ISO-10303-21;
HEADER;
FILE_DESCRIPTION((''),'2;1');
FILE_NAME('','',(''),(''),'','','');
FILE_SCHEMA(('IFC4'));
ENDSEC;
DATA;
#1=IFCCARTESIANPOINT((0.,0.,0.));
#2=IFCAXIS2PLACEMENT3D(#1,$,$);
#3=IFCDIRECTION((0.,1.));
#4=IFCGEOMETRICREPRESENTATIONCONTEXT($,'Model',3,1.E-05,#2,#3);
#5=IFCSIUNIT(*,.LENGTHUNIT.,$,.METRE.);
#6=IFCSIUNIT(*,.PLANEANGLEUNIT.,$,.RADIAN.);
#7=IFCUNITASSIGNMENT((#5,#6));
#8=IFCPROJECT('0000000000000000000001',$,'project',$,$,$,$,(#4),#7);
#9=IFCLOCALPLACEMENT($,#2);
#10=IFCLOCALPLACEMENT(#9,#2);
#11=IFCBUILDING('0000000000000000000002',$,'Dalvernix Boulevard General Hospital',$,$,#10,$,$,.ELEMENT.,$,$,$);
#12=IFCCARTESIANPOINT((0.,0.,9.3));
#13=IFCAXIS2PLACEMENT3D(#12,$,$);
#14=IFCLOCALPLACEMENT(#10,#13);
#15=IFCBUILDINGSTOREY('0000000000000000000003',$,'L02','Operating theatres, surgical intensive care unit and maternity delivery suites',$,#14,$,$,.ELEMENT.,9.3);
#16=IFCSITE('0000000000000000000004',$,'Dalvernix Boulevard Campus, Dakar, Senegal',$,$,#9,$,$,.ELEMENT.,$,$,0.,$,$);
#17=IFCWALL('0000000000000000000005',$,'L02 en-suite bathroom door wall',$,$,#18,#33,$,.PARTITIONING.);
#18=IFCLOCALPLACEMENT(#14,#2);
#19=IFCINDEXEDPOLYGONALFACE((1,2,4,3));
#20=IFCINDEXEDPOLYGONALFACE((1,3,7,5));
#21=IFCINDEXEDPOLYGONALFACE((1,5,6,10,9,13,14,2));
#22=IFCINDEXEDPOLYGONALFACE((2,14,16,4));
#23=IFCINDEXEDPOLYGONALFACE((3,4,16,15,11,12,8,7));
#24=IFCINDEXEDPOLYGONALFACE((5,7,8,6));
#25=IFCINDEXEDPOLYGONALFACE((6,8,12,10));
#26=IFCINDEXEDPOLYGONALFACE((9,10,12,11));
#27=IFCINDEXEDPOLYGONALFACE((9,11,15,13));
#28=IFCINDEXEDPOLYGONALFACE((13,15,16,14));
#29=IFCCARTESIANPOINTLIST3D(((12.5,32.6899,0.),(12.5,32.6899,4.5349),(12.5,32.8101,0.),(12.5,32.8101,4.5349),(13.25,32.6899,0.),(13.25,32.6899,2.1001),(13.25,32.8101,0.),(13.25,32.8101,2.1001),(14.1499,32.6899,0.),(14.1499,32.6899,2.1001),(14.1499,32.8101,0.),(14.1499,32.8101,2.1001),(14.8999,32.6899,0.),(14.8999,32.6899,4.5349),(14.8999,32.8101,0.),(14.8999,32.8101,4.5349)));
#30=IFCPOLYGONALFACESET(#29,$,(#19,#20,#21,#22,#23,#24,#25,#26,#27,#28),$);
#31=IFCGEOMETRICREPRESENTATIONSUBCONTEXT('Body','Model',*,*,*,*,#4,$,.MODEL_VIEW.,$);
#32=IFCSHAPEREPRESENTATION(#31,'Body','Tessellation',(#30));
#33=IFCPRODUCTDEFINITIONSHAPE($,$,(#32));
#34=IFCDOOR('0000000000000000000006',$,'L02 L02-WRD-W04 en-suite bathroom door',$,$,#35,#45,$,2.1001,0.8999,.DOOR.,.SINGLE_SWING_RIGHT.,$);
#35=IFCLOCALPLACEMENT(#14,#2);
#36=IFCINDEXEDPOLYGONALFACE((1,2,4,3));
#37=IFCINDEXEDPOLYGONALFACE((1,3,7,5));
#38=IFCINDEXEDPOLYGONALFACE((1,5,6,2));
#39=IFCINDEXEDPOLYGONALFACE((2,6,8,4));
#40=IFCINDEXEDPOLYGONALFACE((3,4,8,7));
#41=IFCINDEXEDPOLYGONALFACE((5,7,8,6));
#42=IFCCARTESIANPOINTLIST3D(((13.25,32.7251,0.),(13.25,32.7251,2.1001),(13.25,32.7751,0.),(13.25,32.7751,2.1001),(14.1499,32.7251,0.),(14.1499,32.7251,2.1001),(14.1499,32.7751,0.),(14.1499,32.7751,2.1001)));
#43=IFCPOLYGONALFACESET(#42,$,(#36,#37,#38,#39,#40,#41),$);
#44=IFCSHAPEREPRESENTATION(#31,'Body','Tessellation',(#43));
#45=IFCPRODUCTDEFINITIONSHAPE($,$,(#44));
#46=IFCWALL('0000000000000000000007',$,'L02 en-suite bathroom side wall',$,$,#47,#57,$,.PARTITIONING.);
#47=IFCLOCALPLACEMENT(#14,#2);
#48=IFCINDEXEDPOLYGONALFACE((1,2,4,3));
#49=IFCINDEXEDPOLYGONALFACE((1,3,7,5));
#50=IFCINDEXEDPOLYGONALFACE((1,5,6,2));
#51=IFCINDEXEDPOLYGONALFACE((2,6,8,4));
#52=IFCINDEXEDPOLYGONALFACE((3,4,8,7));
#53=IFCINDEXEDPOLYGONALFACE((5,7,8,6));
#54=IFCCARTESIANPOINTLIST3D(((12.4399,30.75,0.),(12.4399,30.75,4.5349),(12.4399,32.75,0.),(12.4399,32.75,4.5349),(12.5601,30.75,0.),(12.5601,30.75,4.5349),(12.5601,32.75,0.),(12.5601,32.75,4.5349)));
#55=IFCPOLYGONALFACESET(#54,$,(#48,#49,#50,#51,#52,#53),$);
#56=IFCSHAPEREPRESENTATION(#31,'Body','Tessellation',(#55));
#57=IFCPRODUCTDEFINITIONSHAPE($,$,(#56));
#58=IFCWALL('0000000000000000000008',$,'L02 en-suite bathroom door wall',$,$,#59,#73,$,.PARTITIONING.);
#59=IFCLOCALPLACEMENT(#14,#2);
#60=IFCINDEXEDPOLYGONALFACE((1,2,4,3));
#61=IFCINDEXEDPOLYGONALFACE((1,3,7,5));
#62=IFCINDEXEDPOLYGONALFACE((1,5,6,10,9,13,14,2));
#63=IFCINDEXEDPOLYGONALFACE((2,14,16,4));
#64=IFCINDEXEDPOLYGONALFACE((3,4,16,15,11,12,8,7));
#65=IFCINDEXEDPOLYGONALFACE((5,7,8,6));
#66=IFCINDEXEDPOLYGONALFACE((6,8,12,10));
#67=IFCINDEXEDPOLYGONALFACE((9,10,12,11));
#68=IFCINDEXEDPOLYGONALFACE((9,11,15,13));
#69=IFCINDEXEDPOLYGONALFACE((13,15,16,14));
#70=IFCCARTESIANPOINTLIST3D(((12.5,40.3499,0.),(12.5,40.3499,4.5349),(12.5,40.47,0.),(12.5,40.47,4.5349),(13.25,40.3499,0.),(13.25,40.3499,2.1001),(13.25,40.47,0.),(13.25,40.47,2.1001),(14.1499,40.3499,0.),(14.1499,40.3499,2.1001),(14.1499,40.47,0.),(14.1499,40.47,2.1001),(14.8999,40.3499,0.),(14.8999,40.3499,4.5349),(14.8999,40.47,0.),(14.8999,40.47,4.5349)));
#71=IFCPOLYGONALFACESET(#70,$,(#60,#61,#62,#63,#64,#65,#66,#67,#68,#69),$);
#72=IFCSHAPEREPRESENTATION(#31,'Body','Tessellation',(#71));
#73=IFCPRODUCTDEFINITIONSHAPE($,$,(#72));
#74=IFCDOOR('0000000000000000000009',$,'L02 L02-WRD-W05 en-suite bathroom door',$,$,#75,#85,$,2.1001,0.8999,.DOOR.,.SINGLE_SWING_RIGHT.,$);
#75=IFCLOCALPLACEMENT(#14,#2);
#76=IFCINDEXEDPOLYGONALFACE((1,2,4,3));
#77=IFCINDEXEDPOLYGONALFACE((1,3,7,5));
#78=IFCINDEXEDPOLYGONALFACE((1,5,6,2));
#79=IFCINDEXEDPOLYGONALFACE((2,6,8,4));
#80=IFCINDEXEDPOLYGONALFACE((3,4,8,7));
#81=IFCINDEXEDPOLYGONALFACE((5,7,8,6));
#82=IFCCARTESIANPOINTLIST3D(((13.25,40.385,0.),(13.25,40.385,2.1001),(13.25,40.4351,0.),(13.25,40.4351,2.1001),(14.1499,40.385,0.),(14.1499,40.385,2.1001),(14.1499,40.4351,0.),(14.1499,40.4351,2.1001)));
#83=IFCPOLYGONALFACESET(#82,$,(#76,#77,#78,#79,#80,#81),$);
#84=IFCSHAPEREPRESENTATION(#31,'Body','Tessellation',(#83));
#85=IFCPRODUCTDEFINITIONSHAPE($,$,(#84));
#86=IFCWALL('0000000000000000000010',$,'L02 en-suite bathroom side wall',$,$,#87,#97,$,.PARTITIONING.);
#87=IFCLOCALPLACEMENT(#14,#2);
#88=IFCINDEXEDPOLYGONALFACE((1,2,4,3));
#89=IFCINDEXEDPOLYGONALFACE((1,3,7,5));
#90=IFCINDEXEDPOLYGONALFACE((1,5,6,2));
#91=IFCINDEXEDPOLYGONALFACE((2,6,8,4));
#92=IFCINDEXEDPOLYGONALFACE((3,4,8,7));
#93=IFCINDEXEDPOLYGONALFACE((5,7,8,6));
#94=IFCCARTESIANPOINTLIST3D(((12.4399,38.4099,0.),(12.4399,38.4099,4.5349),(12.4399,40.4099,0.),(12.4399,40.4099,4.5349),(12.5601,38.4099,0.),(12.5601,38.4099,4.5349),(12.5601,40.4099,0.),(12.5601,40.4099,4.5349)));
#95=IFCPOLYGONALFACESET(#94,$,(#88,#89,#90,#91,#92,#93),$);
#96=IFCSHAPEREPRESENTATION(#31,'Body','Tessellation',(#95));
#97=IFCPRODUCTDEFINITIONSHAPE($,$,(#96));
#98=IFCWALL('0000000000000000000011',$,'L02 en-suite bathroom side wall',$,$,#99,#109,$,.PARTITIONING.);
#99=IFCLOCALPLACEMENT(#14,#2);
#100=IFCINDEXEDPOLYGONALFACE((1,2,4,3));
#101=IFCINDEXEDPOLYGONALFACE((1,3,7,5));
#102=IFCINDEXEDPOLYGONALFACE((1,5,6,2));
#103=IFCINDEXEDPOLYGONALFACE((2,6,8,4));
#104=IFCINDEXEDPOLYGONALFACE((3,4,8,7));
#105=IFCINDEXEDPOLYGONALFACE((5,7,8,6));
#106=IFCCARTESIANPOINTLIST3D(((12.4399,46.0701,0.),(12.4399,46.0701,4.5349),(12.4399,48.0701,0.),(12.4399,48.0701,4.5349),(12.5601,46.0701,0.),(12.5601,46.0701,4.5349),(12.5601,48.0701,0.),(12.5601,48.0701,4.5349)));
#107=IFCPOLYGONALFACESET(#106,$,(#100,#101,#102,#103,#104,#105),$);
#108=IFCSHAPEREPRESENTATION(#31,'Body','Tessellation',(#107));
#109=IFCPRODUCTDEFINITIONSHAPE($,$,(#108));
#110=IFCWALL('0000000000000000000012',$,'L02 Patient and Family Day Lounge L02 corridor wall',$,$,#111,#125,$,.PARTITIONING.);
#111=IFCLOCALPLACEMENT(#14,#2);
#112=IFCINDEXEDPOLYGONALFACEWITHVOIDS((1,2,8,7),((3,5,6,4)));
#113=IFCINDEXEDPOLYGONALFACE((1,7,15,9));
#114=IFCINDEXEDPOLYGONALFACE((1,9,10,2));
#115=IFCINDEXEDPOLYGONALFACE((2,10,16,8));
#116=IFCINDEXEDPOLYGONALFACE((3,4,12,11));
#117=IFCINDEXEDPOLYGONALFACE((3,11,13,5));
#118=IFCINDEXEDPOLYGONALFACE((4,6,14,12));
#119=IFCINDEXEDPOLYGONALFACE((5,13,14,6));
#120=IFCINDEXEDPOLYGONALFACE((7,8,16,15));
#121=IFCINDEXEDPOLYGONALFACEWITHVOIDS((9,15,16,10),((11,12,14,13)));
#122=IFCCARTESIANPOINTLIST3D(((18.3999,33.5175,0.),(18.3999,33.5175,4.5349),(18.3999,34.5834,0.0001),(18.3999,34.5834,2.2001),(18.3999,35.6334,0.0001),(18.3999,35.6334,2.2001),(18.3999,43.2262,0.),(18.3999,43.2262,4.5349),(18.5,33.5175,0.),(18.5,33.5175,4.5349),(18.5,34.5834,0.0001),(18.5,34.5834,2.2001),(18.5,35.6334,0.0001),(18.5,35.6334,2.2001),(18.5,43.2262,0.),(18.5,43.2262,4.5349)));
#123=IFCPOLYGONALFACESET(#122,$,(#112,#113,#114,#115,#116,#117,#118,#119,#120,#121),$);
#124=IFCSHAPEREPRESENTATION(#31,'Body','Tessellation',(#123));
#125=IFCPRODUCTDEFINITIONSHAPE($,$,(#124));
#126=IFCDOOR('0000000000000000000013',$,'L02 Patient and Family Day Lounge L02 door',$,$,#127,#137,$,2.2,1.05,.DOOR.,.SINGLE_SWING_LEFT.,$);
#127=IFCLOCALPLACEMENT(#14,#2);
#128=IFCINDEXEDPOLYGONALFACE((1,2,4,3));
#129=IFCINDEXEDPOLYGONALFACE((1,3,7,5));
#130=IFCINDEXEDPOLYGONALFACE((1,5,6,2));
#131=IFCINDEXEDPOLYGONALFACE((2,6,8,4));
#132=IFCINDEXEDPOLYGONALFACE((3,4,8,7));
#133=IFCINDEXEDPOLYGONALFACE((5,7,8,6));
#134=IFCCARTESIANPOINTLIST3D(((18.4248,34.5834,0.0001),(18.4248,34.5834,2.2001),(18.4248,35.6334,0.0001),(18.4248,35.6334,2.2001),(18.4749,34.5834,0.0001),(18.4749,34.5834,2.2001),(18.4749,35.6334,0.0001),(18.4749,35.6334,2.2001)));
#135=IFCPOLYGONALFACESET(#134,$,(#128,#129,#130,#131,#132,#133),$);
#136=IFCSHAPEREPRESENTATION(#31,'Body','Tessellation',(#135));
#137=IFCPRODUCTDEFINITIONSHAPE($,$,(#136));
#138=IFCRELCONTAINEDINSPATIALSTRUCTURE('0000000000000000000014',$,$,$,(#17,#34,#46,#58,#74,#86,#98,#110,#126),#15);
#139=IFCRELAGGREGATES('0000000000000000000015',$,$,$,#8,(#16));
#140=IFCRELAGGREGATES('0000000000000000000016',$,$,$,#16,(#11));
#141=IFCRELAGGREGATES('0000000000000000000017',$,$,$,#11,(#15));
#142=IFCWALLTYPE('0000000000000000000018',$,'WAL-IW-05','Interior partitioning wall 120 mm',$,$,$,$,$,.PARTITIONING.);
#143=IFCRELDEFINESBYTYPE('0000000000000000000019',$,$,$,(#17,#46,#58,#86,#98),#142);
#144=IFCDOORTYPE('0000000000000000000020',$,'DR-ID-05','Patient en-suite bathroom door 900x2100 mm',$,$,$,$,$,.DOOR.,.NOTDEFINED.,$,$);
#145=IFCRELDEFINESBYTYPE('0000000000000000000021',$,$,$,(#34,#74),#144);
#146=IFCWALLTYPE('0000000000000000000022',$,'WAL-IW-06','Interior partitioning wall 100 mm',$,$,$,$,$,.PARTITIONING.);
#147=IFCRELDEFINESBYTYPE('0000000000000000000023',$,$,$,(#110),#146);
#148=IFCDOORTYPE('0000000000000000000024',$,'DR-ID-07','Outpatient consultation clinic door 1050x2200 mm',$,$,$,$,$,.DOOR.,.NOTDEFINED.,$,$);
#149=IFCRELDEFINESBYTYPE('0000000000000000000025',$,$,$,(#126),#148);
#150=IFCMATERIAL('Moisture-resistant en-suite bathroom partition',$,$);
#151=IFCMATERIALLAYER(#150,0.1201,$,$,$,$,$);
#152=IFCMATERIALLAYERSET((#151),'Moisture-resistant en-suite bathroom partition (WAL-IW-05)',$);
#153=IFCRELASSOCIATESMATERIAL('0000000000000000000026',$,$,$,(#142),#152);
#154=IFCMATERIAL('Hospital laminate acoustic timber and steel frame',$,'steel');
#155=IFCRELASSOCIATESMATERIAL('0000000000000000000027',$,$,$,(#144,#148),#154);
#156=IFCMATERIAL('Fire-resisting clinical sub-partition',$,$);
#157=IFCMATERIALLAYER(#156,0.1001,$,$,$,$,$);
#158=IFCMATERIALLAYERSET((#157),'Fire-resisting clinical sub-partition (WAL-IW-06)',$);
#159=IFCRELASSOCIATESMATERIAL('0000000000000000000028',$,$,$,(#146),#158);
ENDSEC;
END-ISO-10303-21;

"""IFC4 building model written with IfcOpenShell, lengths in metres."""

from ifc_helpers import new_model, si_unit, direction, frame, frame_2d, origin, place, context, subcontext, project, spatial, rectangle, extrude, material, layer, layer_set, type_object, element, fill, save


model = new_model("IFC4")

# Units and contexts
model_context = context("Model", 3, precision=1e-05, world=origin(), true_north=direction((0.0, 1.0)))
body_context = subcontext(model_context, "Body", "Model", "MODEL_VIEW")
ifc_project = project(units=[si_unit("LENGTHUNIT", "METRE"), si_unit("PLANEANGLEUNIT", "RADIAN")], contexts=[model_context])

# Site, building, storey
site_placement = place(None, origin())
site = spatial("IfcSite", under=ifc_project, at=site_placement, Name="Dalvernix Boulevard Campus, Dakar, Senegal", CompositionType="ELEMENT", RefElevation=0.0)
building_placement = place(site_placement, origin())
building = spatial("IfcBuilding", under=site, at=building_placement, Name="Dalvernix Boulevard General Hospital", CompositionType="ELEMENT")
storey_placement = place(building_placement, frame((0.0, 0.0, 9.3)))
storey = spatial("IfcBuildingStorey", under=building, at=storey_placement, Name="L02", Description="Operating theatres, surgical intensive care unit and maternity delivery suites", CompositionType="ELEMENT", Elevation=9.3)

# Shared definitions
ifc_material_1 = material(Name="Hospital laminate acoustic timber and steel frame", Category="steel")

# Wall, opening, door
ifc_material_2 = material(Name="Moisture-resistant en-suite bathroom partition")
ifc_layer_1 = layer(ifc_material_2, 0.1201)
ifc_layer_set_1 = layer_set([ifc_layer_1], Name="Moisture-resistant en-suite bathroom partition (WAL-IW-05)")
wall_type_1 = type_object("IfcWallType", Name="WAL-IW-05", Description="Interior partitioning wall 120 mm", PredefinedType="PARTITIONING", material=ifc_layer_set_1)
wall_1_placement = place(storey_placement, frame((14.8999, 32.75, 0.0), z_axis=(0.0, 0.0, 1.0), x_axis=(-1.0, 0.0, 0.0)))
wall_1 = element("IfcWall", 1, at=wall_1_placement, inside=storey, type_object=wall_type_1, Name="L02 en-suite bathroom door wall", PredefinedType="PARTITIONING", context=body_context, shape_type="SweptSolid", body=[
    extrude(rectangle(XDim=2.3999, YDim=0.1201, at=frame_2d((1.2, 0.0))), origin(), (0.0, 0.0, 1.0), 4.5349),
])
opening_1_placement = place(wall_1_placement, frame((0.75, 0.0, 0.0)))
opening_1 = element("IfcOpeningElement", 2, at=opening_1_placement, cuts=wall_1, PredefinedType="OPENING", context=body_context, shape_type="SweptSolid", body=[
    extrude(rectangle(XDim=0.8999, YDim=2.1001, at=frame_2d((0.45, 1.05))), frame((0.0, 0.0701, 0.0), z_axis=(0.0, -1.0, 0.0), x_axis=(1.0, 0.0, 0.0)), (0.0, 0.0, 1.0), 0.1401),
])
door_type_1 = type_object("IfcDoorType", Name="DR-ID-05", Description="Patient en-suite bathroom door 900x2100 mm", OperationType="NOTDEFINED", PredefinedType="DOOR", material=ifc_material_1)
door_1_placement = place(opening_1_placement, origin())
door_1 = element("IfcDoor", 3, at=door_1_placement, inside=storey, type_object=door_type_1, Name="L02 L02-WRD-W04 en-suite bathroom door", OperationType="SINGLE_SWING_RIGHT", OverallHeight=2.1001, OverallWidth=0.8999, PredefinedType="DOOR", context=body_context, shape_type="SweptSolid", body=[
    extrude(rectangle(XDim=0.8999, YDim=2.1001, at=frame_2d((0.45, 1.05))), frame((0.0, 0.0249, 0.0), z_axis=(0.0, -1.0, 0.0), x_axis=(1.0, 0.0, 0.0)), (0.0, 0.0, 1.0), 0.05),
])
fill(opening_1, door_1)

# Wall
wall_2_placement = place(storey_placement, frame((12.5, 30.75, 0.0), z_axis=(0.0, 0.0, 1.0), x_axis=(0.0, 1.0, 0.0)))
element("IfcWall", 4, at=wall_2_placement, inside=storey, type_object=wall_type_1, Name="L02 en-suite bathroom side wall", PredefinedType="PARTITIONING", context=body_context, shape_type="SweptSolid", body=[
    extrude(rectangle(XDim=2.0, YDim=0.1201, at=frame_2d((1.0, 0.0))), origin(), (0.0, 0.0, 1.0), 4.5349),
])

# Wall, opening, door
wall_3_placement = place(storey_placement, frame((14.8999, 40.4099, 0.0), z_axis=(0.0, 0.0, 1.0), x_axis=(-1.0, 0.0, 0.0)))
wall_3 = element("IfcWall", 5, at=wall_3_placement, inside=storey, type_object=wall_type_1, Name="L02 en-suite bathroom door wall", PredefinedType="PARTITIONING", context=body_context, shape_type="SweptSolid", body=[
    extrude(rectangle(XDim=2.3999, YDim=0.1201, at=frame_2d((1.2, 0.0))), origin(), (0.0, 0.0, 1.0), 4.5349),
])
opening_2_placement = place(wall_3_placement, frame((0.75, 0.0, 0.0)))
opening_2 = element("IfcOpeningElement", 6, at=opening_2_placement, cuts=wall_3, PredefinedType="OPENING", context=body_context, shape_type="SweptSolid", body=[
    extrude(rectangle(XDim=0.8999, YDim=2.1001, at=frame_2d((0.45, 1.05))), frame((0.0, 0.0701, 0.0), z_axis=(0.0, -1.0, 0.0), x_axis=(1.0, 0.0, 0.0)), (0.0, 0.0, 1.0), 0.1401),
])
door_2_placement = place(opening_2_placement, origin())
door_2 = element("IfcDoor", 7, at=door_2_placement, inside=storey, type_object=door_type_1, Name="L02 L02-WRD-W05 en-suite bathroom door", OperationType="SINGLE_SWING_RIGHT", OverallHeight=2.1001, OverallWidth=0.8999, PredefinedType="DOOR", context=body_context, shape_type="SweptSolid", body=[
    extrude(rectangle(XDim=0.8999, YDim=2.1001, at=frame_2d((0.45, 1.05))), frame((0.0, 0.0249, 0.0), z_axis=(0.0, -1.0, 0.0), x_axis=(1.0, 0.0, 0.0)), (0.0, 0.0, 1.0), 0.05),
])
fill(opening_2, door_2)

# Walls
for number, where, z_axis, x_axis, name in (
    (8, (12.5, 38.4099, 0.0), (0.0, 0.0, 1.0), (0.0, 1.0, 0.0), "L02 en-suite bathroom side wall"),
    (9, (12.5, 46.0701, 0.0), (0.0, 0.0, 1.0), (0.0, 1.0, 0.0), "L02 en-suite bathroom side wall"),
):
    element("IfcWall", number, at=place(storey_placement, frame(where, z_axis=z_axis, x_axis=x_axis)), inside=storey, type_object=wall_type_1, Name=name, PredefinedType="PARTITIONING", context=body_context, shape_type="SweptSolid", body=[
        extrude(rectangle(XDim=2.0, YDim=0.1201, at=frame_2d((1.0, 0.0))), origin(), (0.0, 0.0, 1.0), 4.5349),
    ])

# Wall, opening, door
ifc_material_3 = material(Name="Fire-resisting clinical sub-partition")
ifc_layer_2 = layer(ifc_material_3, 0.1001)
ifc_layer_set_2 = layer_set([ifc_layer_2], Name="Fire-resisting clinical sub-partition (WAL-IW-06)")
wall_type_2 = type_object("IfcWallType", Name="WAL-IW-06", Description="Interior partitioning wall 100 mm", PredefinedType="PARTITIONING", material=ifc_layer_set_2)
wall_4_placement = place(storey_placement, frame((18.45, 43.2263, 0.0), z_axis=(0.0, 0.0, 1.0), x_axis=(0.0, -1.0, 0.0)))
wall_4 = element("IfcWall", 10, at=wall_4_placement, inside=storey, type_object=wall_type_2, Name="L02 Patient and Family Day Lounge L02 corridor wall", PredefinedType="PARTITIONING", context=body_context, shape_type="SweptSolid", body=[
    extrude(rectangle(XDim=9.7087, YDim=0.1001, at=frame_2d((4.8545, 0.0))), origin(), (0.0, 0.0, 1.0), 4.5349),
])
opening_3_placement = place(wall_4_placement, frame((7.593, 0.0, 0.0)))
opening_3 = element("IfcOpeningElement", 11, at=opening_3_placement, cuts=wall_4, PredefinedType="OPENING", context=body_context, shape_type="SweptSolid", body=[
    extrude(rectangle(XDim=1.05, YDim=2.2, at=frame_2d((0.5249, 1.1001))), frame((0.0, 0.0601, 0.0), z_axis=(0.0, -1.0, 0.0), x_axis=(1.0, 0.0, 0.0)), (0.0, 0.0, 1.0), 0.1201),
])
door_type_2 = type_object("IfcDoorType", Name="DR-ID-07", Description="Outpatient consultation clinic door 1050x2200 mm", OperationType="NOTDEFINED", PredefinedType="DOOR", material=ifc_material_1)
door_3_placement = place(opening_3_placement, origin())
door_3 = element("IfcDoor", 12, at=door_3_placement, inside=storey, type_object=door_type_2, Name="L02 Patient and Family Day Lounge L02 door", OperationType="SINGLE_SWING_LEFT", OverallHeight=2.2, OverallWidth=1.05, PredefinedType="DOOR", context=body_context, shape_type="SweptSolid", body=[
    extrude(rectangle(XDim=1.05, YDim=2.2, at=frame_2d((0.5249, 1.1001))), frame((0.0, 0.0249, 0.0), z_axis=(0.0, -1.0, 0.0), x_axis=(1.0, 0.0, 0.0)), (0.0, 0.0, 1.0), 0.05),
])
fill(opening_3, door_3)

save(model, "model.ifc")
